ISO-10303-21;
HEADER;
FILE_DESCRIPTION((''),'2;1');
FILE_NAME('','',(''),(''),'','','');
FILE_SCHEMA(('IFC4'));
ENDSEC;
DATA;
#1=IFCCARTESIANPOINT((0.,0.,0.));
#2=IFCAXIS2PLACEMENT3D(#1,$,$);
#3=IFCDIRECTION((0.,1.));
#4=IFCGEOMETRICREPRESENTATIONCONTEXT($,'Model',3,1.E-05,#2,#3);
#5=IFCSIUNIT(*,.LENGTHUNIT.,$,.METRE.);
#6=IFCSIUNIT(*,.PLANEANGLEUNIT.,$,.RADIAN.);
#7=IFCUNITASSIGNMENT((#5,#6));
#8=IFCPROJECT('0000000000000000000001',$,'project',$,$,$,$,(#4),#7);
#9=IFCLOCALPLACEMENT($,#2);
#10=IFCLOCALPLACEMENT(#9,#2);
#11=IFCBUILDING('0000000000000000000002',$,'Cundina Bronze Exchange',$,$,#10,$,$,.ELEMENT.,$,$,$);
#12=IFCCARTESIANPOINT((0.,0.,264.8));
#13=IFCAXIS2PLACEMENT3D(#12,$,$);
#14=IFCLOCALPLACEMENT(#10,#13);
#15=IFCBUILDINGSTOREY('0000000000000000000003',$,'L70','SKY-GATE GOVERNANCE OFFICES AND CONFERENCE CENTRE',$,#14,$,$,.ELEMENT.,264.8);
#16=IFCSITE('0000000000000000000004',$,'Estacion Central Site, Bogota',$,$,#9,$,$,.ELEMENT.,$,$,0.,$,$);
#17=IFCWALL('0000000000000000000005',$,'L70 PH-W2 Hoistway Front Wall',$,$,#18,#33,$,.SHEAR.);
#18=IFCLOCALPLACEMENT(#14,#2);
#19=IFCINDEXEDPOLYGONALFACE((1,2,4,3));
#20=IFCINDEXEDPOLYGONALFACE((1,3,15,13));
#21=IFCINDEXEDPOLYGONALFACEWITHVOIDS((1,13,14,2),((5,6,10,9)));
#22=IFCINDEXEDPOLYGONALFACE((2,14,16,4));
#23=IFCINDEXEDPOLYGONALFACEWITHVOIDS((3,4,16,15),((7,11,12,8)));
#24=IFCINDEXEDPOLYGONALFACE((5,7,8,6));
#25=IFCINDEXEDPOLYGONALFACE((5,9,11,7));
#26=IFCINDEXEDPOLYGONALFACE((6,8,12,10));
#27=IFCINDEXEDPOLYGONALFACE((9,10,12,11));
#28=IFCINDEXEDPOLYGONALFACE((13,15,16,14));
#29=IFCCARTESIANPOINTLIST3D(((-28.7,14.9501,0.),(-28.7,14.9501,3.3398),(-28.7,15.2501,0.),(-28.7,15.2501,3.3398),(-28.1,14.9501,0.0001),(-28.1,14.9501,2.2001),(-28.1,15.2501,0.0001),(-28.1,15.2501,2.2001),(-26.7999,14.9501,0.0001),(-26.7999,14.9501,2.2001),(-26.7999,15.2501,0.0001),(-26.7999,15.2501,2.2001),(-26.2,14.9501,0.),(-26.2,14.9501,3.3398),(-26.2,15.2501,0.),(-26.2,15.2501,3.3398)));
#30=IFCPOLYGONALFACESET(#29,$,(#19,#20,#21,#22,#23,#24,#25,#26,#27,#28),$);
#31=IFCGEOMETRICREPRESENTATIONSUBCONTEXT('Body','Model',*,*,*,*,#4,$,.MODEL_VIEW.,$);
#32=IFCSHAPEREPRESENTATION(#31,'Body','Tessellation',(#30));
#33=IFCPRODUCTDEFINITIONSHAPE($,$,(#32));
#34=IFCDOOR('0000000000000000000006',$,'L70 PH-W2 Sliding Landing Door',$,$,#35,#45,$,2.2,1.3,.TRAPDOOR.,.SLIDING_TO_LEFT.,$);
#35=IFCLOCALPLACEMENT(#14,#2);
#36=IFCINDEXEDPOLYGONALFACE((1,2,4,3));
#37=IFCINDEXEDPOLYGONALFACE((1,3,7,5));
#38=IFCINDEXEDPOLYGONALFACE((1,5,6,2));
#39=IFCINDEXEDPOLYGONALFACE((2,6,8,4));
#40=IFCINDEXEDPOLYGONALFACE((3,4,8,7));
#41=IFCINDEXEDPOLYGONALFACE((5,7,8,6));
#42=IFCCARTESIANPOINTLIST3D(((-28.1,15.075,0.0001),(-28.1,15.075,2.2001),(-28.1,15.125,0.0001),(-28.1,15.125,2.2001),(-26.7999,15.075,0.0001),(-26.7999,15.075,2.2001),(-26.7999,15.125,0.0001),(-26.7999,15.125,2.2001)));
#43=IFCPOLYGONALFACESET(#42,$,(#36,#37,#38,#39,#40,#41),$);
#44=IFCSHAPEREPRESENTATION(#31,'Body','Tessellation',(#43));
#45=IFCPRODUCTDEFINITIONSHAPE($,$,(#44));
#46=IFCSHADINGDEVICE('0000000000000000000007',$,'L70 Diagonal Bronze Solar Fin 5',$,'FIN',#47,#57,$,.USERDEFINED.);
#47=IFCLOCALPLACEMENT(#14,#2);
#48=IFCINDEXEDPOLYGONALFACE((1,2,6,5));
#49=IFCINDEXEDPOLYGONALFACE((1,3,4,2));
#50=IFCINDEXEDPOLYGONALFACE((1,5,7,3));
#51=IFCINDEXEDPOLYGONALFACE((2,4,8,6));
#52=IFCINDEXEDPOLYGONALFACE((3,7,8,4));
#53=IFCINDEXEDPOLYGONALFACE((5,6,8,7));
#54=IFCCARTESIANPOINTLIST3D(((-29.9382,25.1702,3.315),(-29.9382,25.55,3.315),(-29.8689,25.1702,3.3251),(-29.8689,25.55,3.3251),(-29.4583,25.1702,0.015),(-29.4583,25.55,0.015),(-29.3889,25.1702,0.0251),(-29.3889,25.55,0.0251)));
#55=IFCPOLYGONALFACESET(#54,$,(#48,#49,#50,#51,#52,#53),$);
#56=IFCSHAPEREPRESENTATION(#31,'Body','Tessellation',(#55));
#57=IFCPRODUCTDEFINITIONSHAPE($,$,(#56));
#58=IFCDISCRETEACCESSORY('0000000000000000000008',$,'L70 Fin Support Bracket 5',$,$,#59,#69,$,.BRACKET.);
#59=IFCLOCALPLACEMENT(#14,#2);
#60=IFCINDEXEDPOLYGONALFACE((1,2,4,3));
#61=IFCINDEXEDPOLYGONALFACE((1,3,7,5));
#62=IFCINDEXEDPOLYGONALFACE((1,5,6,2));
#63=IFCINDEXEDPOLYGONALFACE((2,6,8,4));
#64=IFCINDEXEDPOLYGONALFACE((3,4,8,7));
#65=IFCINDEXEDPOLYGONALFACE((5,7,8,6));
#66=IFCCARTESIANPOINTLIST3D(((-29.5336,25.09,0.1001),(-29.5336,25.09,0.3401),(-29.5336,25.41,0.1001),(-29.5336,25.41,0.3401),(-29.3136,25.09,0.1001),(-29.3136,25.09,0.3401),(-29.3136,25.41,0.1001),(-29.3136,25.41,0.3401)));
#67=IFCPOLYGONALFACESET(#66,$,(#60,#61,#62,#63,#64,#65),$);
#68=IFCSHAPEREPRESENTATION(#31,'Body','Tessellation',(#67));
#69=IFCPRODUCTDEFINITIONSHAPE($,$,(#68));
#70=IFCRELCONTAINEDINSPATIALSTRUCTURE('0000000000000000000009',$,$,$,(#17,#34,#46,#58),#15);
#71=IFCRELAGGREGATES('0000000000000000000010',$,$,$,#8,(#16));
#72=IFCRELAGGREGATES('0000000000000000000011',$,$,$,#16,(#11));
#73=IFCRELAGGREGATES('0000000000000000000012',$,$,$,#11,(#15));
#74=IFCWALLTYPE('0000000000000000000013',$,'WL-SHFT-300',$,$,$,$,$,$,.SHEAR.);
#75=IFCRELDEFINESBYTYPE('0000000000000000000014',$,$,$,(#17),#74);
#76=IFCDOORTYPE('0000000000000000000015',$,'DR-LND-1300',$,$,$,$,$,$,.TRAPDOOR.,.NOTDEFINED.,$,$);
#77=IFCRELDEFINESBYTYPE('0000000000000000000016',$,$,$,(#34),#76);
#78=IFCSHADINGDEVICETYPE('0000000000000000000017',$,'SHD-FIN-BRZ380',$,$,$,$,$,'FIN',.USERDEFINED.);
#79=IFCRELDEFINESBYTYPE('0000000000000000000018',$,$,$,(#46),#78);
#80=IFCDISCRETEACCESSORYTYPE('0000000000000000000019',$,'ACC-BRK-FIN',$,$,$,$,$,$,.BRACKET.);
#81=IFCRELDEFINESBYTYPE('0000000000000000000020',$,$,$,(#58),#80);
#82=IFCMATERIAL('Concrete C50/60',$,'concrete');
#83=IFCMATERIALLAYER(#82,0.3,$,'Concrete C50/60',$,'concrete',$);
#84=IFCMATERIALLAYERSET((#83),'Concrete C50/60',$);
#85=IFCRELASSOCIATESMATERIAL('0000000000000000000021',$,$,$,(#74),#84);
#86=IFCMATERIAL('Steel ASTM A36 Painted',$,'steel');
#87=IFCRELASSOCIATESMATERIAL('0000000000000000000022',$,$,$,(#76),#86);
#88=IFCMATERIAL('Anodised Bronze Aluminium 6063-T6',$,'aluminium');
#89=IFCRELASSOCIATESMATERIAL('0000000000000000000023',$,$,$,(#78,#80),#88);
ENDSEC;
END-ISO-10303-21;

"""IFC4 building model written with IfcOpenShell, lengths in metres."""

from ifc_helpers import new_model, si_unit, direction, frame, frame_2d, origin, origin_2d, place, context, subcontext, project, spatial, rectangle, extrude, material, layer, layer_set, material_profile, profile_set, type_object, element, fill, save


model = new_model("IFC4")

# Units and contexts
model_context = context("Model", 3, precision=1e-05, world=origin(), true_north=direction((0.0, 1.0)))
body_context = subcontext(model_context, "Body", "Model", "MODEL_VIEW")
ifc_project = project(units=[si_unit("LENGTHUNIT", "METRE"), si_unit("PLANEANGLEUNIT", "RADIAN")], contexts=[model_context])

# Site, building, storey
site_placement = place(None, origin())
site = spatial("IfcSite", under=ifc_project, at=site_placement, Name="Estacion Central Site, Bogota", CompositionType="ELEMENT", RefElevation=0.0)
building_placement = place(site_placement, origin())
building = spatial("IfcBuilding", under=site, at=building_placement, Name="Cundina Bronze Exchange", CompositionType="ELEMENT")
storey_placement = place(building_placement, frame((0.0, 0.0, 264.8)))
storey = spatial("IfcBuildingStorey", under=building, at=storey_placement, Name="L70", Description="SKY-GATE GOVERNANCE OFFICES AND CONFERENCE CENTRE", CompositionType="ELEMENT", Elevation=264.8)

# Shared definitions
ifc_material_1 = material(Name="Concrete C50/60", Category="concrete")

# Shared definitions
ifc_material_2 = material(Name="Anodised Bronze Aluminium 6063-T6", Category="aluminium")

# Wall, opening, door
ifc_layer_1 = layer(ifc_material_1, 0.3, Name="Concrete C50/60", Category="concrete")
ifc_layer_set_1 = layer_set([ifc_layer_1], Name="Concrete C50/60")
wall_type_1 = type_object("IfcWallType", Name="WL-SHFT-300", PredefinedType="SHEAR", material=ifc_layer_set_1)
ifc_material_3 = material(Name="Steel ASTM A36 Painted", Category="steel")
door_type_1 = type_object("IfcDoorType", Name="DR-LND-1300", OperationType="NOTDEFINED", PredefinedType="TRAPDOOR", material=ifc_material_3)
wall_1_placement = place(storey_placement, frame((-28.7, 15.1001, 0.0), z_axis=(0.0, 0.0, 1.0), x_axis=(1.0, 0.0, 0.0)))
wall_1 = element("IfcWall", 1, at=wall_1_placement, inside=storey, type_object=wall_type_1, Name="L70 PH-W2 Hoistway Front Wall", PredefinedType="SHEAR", context=body_context, shape_type="SweptSolid", body=[
    extrude(rectangle(XDim=2.5, YDim=0.3, at=frame_2d((1.25, 0.0))), origin(), (0.0, 0.0, 1.0), 3.3398),
])
opening_1_placement = place(wall_1_placement, frame((0.6001, 0.0, 0.0)))
opening_1 = element("IfcOpeningElement", 2, at=opening_1_placement, cuts=wall_1, PredefinedType="OPENING", context=body_context, shape_type="SweptSolid", body=[
    extrude(rectangle(XDim=1.3, YDim=2.2, at=frame_2d((0.6499, 1.1001))), frame((0.0, 0.1599, 0.0), z_axis=(0.0, -1.0, 0.0), x_axis=(1.0, 0.0, 0.0)), (0.0, 0.0, 1.0), 0.3201),
])
door_1_placement = place(opening_1_placement, origin())
door_1 = element("IfcDoor", 3, at=door_1_placement, inside=storey, type_object=door_type_1, Name="L70 PH-W2 Sliding Landing Door", OperationType="SLIDING_TO_LEFT", OverallHeight=2.2, OverallWidth=1.3, PredefinedType="TRAPDOOR", context=body_context, shape_type="SweptSolid", body=[
    extrude(rectangle(XDim=1.3, YDim=2.2, at=frame_2d((0.6499, 1.1001))), frame((0.0, 0.0249, 0.0), z_axis=(0.0, -1.0, 0.0), x_axis=(1.0, 0.0, 0.0)), (0.0, 0.0, 1.0), 0.05),
])
fill(opening_1, door_1)

# Shading device
ifc_material_profile_1 = material_profile(ifc_material_2, rectangle(XDim=0.0701, YDim=0.3799, at=origin_2d()), Name="FIN70X380", Category="aluminium")
ifc_profile_set_1 = profile_set([ifc_material_profile_1], Name="Anodised Bronze Aluminium 6063-T6")
shading_device_type = type_object("IfcShadingDeviceType", Name="SHD-FIN-BRZ380", ElementType="FIN", PredefinedType="USERDEFINED", material=ifc_profile_set_1)
shading_device_placement = place(storey_placement, frame((-29.4236, 25.3601, 0.02), z_axis=(-0.143932, 0.0, 0.989588), x_axis=(0.989588, 0.0, 0.143932)))
element("IfcShadingDevice", 4, at=shading_device_placement, inside=storey, type_object=shading_device_type, Name="L70 Diagonal Bronze Solar Fin 5", ObjectType="FIN", PredefinedType="USERDEFINED", context=body_context, shape_type="SweptSolid", body=[
    extrude(rectangle(XDim=0.0701, YDim=0.3799, at=origin_2d()), origin(), (0.0, 0.0, 1.0), 3.3347),
])

# Discrete accessory
discrete_accessory_type = type_object("IfcDiscreteAccessoryType", Name="ACC-BRK-FIN", PredefinedType="BRACKET", material=ifc_material_2)
discrete_accessory_placement = place(storey_placement, frame((-29.4236, 25.25, 0.1001), z_axis=(0.0, 0.0, 1.0), x_axis=(-1.0, 0.0, 0.0)))
element("IfcDiscreteAccessory", 5, at=discrete_accessory_placement, inside=storey, type_object=discrete_accessory_type, Name="L70 Fin Support Bracket 5", PredefinedType="BRACKET", context=body_context, shape_type="SweptSolid", body=[
    extrude(rectangle(XDim=0.22, YDim=0.3201, at=origin_2d()), origin(), (0.0, 0.0, 1.0), 0.24),
])

save(model, "model.ifc")
